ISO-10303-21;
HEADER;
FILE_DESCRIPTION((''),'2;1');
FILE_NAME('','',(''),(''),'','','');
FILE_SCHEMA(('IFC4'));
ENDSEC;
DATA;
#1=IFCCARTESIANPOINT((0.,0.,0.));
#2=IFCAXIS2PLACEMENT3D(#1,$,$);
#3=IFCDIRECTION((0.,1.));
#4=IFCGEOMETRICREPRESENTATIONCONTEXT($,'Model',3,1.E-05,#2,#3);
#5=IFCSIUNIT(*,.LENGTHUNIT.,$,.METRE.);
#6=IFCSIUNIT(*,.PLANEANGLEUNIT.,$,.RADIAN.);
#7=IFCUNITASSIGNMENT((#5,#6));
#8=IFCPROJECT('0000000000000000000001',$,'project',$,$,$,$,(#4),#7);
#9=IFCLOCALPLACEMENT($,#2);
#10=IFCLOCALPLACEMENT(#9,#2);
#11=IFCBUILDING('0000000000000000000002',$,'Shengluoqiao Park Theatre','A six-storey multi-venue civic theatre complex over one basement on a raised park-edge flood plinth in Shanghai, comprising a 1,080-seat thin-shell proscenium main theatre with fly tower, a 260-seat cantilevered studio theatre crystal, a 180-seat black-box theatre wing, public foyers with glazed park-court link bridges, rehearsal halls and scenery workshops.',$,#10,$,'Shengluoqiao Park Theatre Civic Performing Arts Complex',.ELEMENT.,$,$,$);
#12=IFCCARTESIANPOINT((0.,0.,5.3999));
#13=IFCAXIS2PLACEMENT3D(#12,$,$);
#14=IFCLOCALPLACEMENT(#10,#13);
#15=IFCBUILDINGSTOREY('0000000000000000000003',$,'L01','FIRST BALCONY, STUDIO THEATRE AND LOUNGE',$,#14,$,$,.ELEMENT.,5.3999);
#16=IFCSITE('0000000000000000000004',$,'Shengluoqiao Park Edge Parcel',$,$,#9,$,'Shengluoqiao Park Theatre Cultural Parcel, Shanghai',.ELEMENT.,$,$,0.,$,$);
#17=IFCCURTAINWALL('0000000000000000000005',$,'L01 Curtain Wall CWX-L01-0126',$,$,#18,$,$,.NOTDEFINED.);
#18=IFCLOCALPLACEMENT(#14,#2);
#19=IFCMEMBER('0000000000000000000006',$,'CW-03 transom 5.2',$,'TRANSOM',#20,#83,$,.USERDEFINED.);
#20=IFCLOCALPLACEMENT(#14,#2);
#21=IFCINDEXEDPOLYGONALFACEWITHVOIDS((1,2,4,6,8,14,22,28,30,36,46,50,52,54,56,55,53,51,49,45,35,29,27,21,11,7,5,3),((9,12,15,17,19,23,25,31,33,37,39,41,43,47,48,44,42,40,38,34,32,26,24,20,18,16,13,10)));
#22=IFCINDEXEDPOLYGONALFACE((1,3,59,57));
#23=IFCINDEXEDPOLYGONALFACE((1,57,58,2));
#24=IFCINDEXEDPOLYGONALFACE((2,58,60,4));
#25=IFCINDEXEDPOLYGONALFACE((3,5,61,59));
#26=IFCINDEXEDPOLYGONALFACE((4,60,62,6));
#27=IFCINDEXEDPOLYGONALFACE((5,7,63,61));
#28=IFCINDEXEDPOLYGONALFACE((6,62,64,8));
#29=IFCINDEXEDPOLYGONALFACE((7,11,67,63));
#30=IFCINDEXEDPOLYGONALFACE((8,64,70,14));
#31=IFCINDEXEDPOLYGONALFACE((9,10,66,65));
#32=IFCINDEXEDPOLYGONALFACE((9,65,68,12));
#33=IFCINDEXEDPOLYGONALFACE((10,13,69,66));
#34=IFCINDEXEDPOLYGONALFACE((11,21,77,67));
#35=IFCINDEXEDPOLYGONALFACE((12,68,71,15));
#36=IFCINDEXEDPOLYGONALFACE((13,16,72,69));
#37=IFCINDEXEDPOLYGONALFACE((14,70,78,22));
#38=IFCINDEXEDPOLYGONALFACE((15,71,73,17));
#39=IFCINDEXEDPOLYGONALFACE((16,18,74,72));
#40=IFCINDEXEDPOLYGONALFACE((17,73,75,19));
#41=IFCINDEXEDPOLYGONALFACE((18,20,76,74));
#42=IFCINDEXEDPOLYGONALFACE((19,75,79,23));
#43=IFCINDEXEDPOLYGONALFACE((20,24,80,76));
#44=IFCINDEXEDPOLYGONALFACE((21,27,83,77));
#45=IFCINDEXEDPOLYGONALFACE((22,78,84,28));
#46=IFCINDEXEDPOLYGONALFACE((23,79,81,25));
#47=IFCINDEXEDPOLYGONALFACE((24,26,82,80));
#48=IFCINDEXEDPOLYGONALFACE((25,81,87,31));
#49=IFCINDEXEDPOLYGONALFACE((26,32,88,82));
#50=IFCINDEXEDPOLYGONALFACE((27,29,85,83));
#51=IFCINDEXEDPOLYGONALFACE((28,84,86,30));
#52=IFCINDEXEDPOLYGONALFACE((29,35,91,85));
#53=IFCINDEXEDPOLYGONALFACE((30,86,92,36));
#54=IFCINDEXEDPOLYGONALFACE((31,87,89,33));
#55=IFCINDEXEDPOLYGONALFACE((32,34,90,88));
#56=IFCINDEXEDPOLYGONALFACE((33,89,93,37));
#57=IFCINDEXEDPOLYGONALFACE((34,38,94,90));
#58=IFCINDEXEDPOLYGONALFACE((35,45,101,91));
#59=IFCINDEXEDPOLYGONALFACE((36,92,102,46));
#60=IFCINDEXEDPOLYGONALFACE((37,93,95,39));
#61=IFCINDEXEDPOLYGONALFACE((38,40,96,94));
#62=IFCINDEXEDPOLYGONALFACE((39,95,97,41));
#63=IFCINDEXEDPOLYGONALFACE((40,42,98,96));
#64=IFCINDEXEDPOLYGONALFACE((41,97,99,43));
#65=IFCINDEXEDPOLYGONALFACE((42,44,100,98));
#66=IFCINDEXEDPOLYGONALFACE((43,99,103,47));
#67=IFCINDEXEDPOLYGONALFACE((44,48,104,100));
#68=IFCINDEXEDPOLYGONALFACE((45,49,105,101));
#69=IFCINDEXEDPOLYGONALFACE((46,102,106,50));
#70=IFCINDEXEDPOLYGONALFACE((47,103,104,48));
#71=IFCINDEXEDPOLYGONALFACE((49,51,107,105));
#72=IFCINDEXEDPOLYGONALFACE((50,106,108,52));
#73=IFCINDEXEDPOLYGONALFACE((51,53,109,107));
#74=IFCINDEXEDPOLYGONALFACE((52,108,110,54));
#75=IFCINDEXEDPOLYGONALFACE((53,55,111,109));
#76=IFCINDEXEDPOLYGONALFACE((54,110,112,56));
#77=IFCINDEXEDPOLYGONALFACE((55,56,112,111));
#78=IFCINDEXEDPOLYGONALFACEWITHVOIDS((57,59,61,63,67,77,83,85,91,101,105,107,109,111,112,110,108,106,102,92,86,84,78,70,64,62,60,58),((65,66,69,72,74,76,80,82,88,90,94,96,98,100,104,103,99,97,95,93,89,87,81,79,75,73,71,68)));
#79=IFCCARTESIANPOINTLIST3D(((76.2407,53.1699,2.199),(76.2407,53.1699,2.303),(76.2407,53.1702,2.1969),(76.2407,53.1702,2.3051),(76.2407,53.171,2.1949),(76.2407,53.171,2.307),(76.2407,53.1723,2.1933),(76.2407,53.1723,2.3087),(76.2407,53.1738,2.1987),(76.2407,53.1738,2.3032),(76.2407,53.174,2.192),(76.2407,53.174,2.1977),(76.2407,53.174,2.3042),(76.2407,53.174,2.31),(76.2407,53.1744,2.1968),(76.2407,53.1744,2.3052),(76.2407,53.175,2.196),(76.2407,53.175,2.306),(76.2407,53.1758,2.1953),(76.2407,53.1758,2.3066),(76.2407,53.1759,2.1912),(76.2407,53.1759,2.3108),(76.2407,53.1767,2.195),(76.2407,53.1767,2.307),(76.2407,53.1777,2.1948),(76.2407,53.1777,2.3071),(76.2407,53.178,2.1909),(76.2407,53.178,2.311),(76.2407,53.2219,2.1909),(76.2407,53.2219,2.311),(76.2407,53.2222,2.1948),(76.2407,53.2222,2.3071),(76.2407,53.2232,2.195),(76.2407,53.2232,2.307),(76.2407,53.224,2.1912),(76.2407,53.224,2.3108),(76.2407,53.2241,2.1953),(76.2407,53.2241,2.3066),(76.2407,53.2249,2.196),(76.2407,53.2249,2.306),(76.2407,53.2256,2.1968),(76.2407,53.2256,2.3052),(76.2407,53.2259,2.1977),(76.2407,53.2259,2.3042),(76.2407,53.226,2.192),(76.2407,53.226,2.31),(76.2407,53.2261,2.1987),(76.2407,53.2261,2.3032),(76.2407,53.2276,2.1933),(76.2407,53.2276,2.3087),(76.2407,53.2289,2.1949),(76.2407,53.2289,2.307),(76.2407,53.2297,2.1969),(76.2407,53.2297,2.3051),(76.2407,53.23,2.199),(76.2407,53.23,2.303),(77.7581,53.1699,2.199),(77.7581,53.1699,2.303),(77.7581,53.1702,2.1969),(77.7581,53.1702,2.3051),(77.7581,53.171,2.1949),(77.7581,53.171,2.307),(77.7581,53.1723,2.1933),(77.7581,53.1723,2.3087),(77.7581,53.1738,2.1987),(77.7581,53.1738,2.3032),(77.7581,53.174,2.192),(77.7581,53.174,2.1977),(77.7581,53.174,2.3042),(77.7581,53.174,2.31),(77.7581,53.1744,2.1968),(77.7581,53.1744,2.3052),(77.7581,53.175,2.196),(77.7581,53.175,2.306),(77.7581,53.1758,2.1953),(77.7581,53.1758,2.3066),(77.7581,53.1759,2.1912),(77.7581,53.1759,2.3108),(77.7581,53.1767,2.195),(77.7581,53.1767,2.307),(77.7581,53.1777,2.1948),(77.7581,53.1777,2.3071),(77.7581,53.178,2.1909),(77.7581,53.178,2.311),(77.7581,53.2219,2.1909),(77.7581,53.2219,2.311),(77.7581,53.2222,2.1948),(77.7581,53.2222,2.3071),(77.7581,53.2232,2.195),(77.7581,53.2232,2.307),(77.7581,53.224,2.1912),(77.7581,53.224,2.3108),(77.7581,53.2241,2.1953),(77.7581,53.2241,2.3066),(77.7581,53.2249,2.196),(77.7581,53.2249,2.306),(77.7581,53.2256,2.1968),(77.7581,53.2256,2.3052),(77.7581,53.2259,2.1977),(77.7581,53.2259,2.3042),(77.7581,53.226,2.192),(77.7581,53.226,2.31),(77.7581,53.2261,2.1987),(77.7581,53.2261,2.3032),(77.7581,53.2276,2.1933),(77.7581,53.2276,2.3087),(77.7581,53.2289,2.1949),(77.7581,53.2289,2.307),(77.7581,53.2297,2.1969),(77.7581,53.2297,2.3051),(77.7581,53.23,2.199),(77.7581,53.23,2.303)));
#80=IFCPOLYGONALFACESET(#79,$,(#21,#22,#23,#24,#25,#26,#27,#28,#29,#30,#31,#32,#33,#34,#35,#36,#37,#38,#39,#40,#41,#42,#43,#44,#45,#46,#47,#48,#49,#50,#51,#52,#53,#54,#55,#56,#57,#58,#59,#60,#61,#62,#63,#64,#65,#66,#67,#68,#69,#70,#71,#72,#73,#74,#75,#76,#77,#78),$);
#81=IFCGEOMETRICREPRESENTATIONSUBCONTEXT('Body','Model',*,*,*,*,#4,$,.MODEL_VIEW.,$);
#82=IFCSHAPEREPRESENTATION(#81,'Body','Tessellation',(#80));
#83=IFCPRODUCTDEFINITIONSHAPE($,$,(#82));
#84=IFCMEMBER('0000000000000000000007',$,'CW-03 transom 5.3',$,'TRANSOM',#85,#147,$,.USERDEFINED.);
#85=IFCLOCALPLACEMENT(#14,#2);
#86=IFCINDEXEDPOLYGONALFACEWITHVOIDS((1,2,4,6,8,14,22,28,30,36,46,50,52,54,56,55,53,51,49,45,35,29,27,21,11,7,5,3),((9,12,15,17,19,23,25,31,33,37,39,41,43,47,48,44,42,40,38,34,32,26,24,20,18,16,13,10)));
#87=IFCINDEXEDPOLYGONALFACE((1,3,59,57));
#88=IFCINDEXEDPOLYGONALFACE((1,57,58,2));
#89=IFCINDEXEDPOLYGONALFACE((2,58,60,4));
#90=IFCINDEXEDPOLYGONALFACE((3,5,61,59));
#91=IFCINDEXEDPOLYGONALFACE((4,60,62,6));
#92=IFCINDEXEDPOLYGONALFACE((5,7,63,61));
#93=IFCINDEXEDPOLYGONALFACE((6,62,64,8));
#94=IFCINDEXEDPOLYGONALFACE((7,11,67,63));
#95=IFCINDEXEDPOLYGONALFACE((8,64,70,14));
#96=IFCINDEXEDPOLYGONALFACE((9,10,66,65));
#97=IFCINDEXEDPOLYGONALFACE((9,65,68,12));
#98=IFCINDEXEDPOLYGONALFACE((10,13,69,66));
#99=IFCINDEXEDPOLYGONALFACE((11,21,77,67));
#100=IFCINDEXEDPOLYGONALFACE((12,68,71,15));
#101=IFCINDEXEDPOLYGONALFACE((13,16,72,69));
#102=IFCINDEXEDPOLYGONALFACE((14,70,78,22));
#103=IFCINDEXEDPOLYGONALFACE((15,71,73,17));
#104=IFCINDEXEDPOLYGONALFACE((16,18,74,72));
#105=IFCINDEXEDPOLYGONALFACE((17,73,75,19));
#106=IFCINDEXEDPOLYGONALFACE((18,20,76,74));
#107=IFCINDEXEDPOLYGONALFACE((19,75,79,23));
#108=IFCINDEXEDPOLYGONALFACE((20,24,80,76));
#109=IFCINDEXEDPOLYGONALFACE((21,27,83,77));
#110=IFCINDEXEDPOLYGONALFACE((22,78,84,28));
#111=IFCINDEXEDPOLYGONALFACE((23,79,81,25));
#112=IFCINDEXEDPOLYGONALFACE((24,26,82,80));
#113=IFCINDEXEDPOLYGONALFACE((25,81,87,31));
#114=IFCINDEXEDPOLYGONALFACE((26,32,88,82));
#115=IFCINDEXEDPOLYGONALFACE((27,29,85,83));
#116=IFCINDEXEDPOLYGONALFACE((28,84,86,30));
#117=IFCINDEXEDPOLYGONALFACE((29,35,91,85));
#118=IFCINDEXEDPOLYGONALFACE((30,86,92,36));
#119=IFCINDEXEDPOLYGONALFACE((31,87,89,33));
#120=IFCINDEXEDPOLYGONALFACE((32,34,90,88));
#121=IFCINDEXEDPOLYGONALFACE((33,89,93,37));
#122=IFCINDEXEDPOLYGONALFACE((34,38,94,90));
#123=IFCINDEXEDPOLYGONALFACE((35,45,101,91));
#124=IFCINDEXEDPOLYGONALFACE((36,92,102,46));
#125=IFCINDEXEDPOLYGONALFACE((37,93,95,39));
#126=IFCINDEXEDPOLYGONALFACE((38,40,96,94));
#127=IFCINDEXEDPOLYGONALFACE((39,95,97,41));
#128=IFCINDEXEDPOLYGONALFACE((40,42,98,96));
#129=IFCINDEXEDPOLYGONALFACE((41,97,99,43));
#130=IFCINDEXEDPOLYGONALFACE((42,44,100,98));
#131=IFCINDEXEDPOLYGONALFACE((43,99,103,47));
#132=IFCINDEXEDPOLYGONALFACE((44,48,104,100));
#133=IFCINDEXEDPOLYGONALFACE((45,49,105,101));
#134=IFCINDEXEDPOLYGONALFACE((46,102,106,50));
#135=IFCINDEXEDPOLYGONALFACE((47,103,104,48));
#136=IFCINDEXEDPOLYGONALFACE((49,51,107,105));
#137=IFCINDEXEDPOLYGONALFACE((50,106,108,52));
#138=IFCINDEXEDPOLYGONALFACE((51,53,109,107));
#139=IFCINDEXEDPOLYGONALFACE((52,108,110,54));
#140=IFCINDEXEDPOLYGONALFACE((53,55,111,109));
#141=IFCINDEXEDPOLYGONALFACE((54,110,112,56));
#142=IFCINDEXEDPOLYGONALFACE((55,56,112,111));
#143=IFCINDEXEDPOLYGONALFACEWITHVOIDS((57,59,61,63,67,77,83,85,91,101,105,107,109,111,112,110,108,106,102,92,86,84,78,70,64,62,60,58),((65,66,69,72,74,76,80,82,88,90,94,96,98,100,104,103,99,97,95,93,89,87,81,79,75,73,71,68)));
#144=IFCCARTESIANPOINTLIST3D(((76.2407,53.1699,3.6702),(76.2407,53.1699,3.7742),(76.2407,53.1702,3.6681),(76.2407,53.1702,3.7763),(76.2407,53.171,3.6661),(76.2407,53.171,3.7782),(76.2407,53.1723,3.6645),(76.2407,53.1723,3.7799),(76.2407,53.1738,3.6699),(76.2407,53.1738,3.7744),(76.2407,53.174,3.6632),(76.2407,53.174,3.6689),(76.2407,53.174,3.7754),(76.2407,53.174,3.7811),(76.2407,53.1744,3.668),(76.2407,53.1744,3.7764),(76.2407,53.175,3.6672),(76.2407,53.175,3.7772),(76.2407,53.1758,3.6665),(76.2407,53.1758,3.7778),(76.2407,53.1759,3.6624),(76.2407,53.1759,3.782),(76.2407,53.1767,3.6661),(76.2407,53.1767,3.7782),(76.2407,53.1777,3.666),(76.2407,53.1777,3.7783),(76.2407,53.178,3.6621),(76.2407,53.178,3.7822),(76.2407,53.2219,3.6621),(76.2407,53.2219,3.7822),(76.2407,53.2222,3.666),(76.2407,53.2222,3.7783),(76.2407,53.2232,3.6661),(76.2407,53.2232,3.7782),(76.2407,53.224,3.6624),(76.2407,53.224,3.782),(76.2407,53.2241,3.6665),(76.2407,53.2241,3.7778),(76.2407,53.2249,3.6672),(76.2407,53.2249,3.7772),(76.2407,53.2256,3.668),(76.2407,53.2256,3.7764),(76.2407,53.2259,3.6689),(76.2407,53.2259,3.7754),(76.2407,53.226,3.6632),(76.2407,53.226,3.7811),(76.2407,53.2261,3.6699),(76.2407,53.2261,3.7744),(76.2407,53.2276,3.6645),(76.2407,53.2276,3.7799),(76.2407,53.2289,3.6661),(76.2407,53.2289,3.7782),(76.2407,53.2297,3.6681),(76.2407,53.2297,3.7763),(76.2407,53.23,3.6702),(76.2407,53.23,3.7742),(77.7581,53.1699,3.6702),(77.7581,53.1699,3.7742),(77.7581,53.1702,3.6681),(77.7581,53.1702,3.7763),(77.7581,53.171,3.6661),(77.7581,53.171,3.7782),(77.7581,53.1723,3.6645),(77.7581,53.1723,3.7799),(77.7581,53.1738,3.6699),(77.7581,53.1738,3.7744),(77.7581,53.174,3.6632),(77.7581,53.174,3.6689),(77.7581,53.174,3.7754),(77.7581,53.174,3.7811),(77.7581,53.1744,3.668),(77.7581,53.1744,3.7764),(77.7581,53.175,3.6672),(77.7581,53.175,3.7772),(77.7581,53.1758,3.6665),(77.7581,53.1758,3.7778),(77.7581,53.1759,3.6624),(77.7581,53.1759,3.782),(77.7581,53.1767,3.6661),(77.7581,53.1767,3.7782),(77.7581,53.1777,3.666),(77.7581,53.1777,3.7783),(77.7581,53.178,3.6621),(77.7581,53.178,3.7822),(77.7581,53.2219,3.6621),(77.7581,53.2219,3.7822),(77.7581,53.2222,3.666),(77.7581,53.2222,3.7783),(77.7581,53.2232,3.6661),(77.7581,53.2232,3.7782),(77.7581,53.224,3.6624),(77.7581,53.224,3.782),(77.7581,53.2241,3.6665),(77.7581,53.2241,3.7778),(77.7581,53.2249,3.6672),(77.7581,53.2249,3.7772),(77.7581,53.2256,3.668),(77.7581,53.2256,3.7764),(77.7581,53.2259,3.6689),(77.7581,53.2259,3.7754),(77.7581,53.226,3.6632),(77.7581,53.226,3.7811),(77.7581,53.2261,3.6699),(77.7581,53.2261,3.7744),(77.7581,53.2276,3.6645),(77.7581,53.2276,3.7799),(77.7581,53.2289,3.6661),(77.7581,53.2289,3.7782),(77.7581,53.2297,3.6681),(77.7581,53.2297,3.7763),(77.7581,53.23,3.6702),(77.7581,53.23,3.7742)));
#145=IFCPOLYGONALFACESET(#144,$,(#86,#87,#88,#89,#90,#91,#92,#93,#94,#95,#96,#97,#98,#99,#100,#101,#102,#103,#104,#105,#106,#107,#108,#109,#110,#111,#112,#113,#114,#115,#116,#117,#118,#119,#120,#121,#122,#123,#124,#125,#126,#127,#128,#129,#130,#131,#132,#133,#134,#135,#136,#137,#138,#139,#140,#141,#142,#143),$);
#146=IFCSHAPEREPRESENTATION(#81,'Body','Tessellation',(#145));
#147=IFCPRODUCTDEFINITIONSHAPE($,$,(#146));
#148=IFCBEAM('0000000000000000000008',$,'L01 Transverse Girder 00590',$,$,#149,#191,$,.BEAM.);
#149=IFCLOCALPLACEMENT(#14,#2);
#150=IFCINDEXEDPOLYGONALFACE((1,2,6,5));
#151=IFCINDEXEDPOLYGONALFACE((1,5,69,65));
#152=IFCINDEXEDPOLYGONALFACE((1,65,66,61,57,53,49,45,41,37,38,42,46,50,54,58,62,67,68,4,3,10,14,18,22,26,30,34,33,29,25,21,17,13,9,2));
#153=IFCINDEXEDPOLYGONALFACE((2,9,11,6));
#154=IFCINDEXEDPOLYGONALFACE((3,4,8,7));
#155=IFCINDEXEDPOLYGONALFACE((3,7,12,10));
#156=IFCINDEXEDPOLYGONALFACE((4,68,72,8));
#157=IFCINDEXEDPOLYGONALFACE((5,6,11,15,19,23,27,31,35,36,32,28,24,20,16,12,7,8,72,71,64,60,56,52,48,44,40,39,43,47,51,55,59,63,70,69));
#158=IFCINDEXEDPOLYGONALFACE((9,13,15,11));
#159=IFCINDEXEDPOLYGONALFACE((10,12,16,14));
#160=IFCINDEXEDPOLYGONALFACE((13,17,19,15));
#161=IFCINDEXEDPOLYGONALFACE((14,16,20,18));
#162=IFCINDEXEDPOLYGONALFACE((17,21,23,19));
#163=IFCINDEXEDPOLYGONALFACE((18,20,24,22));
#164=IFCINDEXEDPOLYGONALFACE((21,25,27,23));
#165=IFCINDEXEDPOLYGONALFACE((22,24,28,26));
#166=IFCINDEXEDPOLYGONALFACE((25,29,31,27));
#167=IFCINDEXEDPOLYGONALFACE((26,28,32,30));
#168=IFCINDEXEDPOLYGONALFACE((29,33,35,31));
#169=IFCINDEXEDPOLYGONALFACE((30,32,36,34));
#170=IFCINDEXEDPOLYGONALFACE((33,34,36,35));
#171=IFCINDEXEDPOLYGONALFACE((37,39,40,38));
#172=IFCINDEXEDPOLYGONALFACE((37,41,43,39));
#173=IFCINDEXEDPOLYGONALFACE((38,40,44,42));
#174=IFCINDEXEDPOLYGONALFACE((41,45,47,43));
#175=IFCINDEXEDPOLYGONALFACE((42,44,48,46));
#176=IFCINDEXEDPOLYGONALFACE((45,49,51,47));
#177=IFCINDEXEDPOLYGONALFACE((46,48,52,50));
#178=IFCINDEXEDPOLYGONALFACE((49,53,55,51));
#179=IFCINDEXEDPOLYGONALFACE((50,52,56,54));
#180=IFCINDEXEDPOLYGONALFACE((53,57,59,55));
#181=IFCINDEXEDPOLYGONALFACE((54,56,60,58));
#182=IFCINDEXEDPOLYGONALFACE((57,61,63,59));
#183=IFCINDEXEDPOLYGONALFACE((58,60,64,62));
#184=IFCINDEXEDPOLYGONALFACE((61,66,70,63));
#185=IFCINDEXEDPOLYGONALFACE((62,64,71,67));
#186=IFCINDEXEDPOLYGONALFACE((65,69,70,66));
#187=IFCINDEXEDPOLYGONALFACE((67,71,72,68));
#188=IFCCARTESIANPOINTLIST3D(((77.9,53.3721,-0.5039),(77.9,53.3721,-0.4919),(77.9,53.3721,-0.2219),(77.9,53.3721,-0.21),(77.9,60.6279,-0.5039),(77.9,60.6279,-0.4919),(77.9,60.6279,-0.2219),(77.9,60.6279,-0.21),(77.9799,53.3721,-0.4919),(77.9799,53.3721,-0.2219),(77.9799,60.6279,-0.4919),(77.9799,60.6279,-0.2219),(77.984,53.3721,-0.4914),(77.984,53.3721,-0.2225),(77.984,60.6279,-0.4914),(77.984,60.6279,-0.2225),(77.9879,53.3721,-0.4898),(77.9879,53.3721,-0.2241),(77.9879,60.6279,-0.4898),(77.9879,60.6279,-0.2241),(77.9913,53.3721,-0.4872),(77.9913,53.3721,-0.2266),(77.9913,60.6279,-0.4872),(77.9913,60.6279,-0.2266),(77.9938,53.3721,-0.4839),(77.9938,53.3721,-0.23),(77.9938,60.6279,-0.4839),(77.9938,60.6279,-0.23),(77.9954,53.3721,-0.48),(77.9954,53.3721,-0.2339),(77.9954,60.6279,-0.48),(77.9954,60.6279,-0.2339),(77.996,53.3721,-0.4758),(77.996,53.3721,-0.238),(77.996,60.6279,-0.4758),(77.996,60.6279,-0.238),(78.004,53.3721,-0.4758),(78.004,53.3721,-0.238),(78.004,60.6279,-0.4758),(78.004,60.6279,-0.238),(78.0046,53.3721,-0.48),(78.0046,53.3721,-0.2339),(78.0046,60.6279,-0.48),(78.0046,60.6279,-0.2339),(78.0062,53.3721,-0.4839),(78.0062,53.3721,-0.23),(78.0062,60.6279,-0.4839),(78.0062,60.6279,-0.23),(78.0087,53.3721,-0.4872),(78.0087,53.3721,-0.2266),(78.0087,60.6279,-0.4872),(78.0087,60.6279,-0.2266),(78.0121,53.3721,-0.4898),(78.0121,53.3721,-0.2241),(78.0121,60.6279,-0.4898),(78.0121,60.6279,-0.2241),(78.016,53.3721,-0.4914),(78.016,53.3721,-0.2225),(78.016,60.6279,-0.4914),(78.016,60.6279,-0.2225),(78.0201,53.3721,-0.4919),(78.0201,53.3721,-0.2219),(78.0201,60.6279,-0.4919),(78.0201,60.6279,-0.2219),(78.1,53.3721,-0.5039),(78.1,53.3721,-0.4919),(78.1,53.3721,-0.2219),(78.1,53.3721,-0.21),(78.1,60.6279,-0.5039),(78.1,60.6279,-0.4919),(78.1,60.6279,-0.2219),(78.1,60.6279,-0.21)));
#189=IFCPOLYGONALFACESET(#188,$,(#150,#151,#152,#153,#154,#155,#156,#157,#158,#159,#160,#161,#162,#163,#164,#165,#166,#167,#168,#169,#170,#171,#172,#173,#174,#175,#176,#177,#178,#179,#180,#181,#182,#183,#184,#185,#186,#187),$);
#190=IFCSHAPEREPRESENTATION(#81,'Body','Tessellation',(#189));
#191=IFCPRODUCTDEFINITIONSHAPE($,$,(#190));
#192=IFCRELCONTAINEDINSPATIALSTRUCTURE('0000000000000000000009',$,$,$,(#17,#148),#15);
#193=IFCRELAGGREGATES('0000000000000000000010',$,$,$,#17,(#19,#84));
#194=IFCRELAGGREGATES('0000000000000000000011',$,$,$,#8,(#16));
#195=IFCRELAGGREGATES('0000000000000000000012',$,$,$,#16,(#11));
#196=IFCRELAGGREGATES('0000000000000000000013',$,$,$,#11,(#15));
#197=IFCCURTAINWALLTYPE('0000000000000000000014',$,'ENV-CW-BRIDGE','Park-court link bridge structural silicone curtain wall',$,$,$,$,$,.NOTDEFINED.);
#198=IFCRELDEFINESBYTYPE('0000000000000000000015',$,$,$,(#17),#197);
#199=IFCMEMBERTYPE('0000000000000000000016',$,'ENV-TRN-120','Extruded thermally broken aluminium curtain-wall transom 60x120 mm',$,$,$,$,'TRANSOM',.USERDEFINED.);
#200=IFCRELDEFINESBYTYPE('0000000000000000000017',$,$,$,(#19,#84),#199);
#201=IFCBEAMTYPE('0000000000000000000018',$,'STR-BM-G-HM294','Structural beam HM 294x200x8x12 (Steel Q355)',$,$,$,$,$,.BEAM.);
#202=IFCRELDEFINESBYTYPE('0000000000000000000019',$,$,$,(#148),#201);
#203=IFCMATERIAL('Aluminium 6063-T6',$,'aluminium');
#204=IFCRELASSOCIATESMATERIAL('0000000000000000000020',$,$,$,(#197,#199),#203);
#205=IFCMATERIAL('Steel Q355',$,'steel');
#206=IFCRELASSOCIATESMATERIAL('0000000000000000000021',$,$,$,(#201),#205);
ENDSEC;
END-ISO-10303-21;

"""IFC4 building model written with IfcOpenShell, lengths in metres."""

from ifc_helpers import new_model, si_unit, direction, frame, origin, origin_2d, place, context, subcontext, project, spatial, hollow_rectangle, i_section, extrude, material, material_profile, profile_set, type_object, element, aggregate, save


model = new_model("IFC4")

# Units and contexts
model_context = context("Model", 3, precision=1e-05, world=origin(), true_north=direction((0.0, 1.0)))
body_context = subcontext(model_context, "Body", "Model", "MODEL_VIEW")
ifc_project = project(units=[si_unit("LENGTHUNIT", "METRE"), si_unit("PLANEANGLEUNIT", "RADIAN")], contexts=[model_context])

# Site, building, storey
site_placement = place(None, origin())
site = spatial("IfcSite", under=ifc_project, at=site_placement, Name="Shengluoqiao Park Edge Parcel", LongName="Shengluoqiao Park Theatre Cultural Parcel, Shanghai", CompositionType="ELEMENT", RefElevation=0.0)
building_placement = place(site_placement, origin())
building = spatial("IfcBuilding", under=site, at=building_placement, Name="Shengluoqiao Park Theatre", Description="A six-storey multi-venue civic theatre complex over one basement on a raised park-edge flood plinth in Shanghai, comprising a 1,080-seat thin-shell proscenium main theatre with fly tower, a 260-seat cantilevered studio theatre crystal, a 180-seat black-box theatre wing, public foyers with glazed park-court link bridges, rehearsal halls and scenery workshops.", LongName="Shengluoqiao Park Theatre Civic Performing Arts Complex", CompositionType="ELEMENT")
storey_placement = place(building_placement, frame((0.0, 0.0, 5.3999)))
storey = spatial("IfcBuildingStorey", under=building, at=storey_placement, Name="L01", Description="FIRST BALCONY, STUDIO THEATRE AND LOUNGE", CompositionType="ELEMENT", Elevation=5.3999)

# Shared definitions
ifc_material_1 = material(Name="Steel Q355", Category="steel")

# Curtain wall
ifc_material_2 = material(Name="Aluminium 6063-T6", Category="aluminium")
curtain_wall_type = type_object("IfcCurtainWallType", Name="ENV-CW-BRIDGE", Description="Park-court link bridge structural silicone curtain wall", PredefinedType="NOTDEFINED", material=ifc_material_2)
curtain_wall_1_placement = place(storey_placement, origin())
curtain_wall_1 = element("IfcCurtainWall", 1, at=curtain_wall_1_placement, inside=storey, type_object=curtain_wall_type, Name="L01 Curtain Wall CWX-L01-0126", PredefinedType="NOTDEFINED")

# Members
ifc_material_profile_1 = material_profile(ifc_material_2, hollow_rectangle(XDim=0.0601, YDim=0.1201, WallThickness=0.0039, InnerFilletRadius=0.0039, OuterFilletRadius=0.0081, at=origin_2d()), Name="ALU TRANSOM 120x60x4")
ifc_profile_set_1 = profile_set([ifc_material_profile_1], Name="Aluminium 6063-T6")
member_type_1 = type_object("IfcMemberType", Name="ENV-TRN-120", Description="Extruded thermally broken aluminium curtain-wall transom 60x120 mm", ElementType="TRANSOM", PredefinedType="USERDEFINED", material=ifc_profile_set_1)
member_1_placement = place(storey_placement, frame((76.2407, 53.2, 2.251), z_axis=(1.0, 0.0, 0.0), x_axis=(0.0, 1.0, 0.0)))
member_1 = element("IfcMember", 2, at=member_1_placement, type_object=member_type_1, Name="CW-03 transom 5.2", ObjectType="TRANSOM", PredefinedType="USERDEFINED", context=body_context, shape_type="SweptSolid", body=[
    extrude(hollow_rectangle(XDim=0.0601, YDim=0.1201, WallThickness=0.0039, InnerFilletRadius=0.0039, OuterFilletRadius=0.0081, at=origin_2d()), origin(), (0.0, 0.0, 1.0), 1.5173),
])
member_2_placement = place(storey_placement, frame((76.2407, 53.2, 3.7222), z_axis=(1.0, 0.0, 0.0), x_axis=(0.0, 1.0, 0.0)))
member_2 = element("IfcMember", 3, at=member_2_placement, type_object=member_type_1, Name="CW-03 transom 5.3", ObjectType="TRANSOM", PredefinedType="USERDEFINED", context=body_context, shape_type="SweptSolid", body=[
    extrude(hollow_rectangle(XDim=0.0601, YDim=0.1201, WallThickness=0.0039, InnerFilletRadius=0.0039, OuterFilletRadius=0.0081, at=origin_2d()), origin(), (0.0, 0.0, 1.0), 1.5173),
])

# Beam
ifc_material_profile_2 = material_profile(ifc_material_1, i_section(OverallWidth=0.2, OverallDepth=0.2939, WebThickness=0.0081, FlangeThickness=0.012, FilletRadius=0.0161, at=origin_2d()), Name="HM 294x200x8x12")
ifc_profile_set_2 = profile_set([ifc_material_profile_2], Name="Steel Q355")
beam_type_1 = type_object("IfcBeamType", Name="STR-BM-G-HM294", Description="Structural beam HM 294x200x8x12 (Steel Q355)", PredefinedType="BEAM", material=ifc_profile_set_2)
beam_1_placement = place(storey_placement, frame((78.0, 53.3721, -0.3569), z_axis=(0.0, 1.0, 0.0), x_axis=(-1.0, 0.0, 0.0)))
element("IfcBeam", 4, at=beam_1_placement, inside=storey, type_object=beam_type_1, Name="L01 Transverse Girder 00590", PredefinedType="BEAM", context=body_context, shape_type="SweptSolid", body=[
    extrude(i_section(OverallWidth=0.2, OverallDepth=0.2939, WebThickness=0.0081, FlangeThickness=0.012, FilletRadius=0.0161, at=origin_2d()), origin(), (0.0, 0.0, 1.0), 7.2559),
])

aggregate(curtain_wall_1, [member_1, member_2])

save(model, "model.ifc")
